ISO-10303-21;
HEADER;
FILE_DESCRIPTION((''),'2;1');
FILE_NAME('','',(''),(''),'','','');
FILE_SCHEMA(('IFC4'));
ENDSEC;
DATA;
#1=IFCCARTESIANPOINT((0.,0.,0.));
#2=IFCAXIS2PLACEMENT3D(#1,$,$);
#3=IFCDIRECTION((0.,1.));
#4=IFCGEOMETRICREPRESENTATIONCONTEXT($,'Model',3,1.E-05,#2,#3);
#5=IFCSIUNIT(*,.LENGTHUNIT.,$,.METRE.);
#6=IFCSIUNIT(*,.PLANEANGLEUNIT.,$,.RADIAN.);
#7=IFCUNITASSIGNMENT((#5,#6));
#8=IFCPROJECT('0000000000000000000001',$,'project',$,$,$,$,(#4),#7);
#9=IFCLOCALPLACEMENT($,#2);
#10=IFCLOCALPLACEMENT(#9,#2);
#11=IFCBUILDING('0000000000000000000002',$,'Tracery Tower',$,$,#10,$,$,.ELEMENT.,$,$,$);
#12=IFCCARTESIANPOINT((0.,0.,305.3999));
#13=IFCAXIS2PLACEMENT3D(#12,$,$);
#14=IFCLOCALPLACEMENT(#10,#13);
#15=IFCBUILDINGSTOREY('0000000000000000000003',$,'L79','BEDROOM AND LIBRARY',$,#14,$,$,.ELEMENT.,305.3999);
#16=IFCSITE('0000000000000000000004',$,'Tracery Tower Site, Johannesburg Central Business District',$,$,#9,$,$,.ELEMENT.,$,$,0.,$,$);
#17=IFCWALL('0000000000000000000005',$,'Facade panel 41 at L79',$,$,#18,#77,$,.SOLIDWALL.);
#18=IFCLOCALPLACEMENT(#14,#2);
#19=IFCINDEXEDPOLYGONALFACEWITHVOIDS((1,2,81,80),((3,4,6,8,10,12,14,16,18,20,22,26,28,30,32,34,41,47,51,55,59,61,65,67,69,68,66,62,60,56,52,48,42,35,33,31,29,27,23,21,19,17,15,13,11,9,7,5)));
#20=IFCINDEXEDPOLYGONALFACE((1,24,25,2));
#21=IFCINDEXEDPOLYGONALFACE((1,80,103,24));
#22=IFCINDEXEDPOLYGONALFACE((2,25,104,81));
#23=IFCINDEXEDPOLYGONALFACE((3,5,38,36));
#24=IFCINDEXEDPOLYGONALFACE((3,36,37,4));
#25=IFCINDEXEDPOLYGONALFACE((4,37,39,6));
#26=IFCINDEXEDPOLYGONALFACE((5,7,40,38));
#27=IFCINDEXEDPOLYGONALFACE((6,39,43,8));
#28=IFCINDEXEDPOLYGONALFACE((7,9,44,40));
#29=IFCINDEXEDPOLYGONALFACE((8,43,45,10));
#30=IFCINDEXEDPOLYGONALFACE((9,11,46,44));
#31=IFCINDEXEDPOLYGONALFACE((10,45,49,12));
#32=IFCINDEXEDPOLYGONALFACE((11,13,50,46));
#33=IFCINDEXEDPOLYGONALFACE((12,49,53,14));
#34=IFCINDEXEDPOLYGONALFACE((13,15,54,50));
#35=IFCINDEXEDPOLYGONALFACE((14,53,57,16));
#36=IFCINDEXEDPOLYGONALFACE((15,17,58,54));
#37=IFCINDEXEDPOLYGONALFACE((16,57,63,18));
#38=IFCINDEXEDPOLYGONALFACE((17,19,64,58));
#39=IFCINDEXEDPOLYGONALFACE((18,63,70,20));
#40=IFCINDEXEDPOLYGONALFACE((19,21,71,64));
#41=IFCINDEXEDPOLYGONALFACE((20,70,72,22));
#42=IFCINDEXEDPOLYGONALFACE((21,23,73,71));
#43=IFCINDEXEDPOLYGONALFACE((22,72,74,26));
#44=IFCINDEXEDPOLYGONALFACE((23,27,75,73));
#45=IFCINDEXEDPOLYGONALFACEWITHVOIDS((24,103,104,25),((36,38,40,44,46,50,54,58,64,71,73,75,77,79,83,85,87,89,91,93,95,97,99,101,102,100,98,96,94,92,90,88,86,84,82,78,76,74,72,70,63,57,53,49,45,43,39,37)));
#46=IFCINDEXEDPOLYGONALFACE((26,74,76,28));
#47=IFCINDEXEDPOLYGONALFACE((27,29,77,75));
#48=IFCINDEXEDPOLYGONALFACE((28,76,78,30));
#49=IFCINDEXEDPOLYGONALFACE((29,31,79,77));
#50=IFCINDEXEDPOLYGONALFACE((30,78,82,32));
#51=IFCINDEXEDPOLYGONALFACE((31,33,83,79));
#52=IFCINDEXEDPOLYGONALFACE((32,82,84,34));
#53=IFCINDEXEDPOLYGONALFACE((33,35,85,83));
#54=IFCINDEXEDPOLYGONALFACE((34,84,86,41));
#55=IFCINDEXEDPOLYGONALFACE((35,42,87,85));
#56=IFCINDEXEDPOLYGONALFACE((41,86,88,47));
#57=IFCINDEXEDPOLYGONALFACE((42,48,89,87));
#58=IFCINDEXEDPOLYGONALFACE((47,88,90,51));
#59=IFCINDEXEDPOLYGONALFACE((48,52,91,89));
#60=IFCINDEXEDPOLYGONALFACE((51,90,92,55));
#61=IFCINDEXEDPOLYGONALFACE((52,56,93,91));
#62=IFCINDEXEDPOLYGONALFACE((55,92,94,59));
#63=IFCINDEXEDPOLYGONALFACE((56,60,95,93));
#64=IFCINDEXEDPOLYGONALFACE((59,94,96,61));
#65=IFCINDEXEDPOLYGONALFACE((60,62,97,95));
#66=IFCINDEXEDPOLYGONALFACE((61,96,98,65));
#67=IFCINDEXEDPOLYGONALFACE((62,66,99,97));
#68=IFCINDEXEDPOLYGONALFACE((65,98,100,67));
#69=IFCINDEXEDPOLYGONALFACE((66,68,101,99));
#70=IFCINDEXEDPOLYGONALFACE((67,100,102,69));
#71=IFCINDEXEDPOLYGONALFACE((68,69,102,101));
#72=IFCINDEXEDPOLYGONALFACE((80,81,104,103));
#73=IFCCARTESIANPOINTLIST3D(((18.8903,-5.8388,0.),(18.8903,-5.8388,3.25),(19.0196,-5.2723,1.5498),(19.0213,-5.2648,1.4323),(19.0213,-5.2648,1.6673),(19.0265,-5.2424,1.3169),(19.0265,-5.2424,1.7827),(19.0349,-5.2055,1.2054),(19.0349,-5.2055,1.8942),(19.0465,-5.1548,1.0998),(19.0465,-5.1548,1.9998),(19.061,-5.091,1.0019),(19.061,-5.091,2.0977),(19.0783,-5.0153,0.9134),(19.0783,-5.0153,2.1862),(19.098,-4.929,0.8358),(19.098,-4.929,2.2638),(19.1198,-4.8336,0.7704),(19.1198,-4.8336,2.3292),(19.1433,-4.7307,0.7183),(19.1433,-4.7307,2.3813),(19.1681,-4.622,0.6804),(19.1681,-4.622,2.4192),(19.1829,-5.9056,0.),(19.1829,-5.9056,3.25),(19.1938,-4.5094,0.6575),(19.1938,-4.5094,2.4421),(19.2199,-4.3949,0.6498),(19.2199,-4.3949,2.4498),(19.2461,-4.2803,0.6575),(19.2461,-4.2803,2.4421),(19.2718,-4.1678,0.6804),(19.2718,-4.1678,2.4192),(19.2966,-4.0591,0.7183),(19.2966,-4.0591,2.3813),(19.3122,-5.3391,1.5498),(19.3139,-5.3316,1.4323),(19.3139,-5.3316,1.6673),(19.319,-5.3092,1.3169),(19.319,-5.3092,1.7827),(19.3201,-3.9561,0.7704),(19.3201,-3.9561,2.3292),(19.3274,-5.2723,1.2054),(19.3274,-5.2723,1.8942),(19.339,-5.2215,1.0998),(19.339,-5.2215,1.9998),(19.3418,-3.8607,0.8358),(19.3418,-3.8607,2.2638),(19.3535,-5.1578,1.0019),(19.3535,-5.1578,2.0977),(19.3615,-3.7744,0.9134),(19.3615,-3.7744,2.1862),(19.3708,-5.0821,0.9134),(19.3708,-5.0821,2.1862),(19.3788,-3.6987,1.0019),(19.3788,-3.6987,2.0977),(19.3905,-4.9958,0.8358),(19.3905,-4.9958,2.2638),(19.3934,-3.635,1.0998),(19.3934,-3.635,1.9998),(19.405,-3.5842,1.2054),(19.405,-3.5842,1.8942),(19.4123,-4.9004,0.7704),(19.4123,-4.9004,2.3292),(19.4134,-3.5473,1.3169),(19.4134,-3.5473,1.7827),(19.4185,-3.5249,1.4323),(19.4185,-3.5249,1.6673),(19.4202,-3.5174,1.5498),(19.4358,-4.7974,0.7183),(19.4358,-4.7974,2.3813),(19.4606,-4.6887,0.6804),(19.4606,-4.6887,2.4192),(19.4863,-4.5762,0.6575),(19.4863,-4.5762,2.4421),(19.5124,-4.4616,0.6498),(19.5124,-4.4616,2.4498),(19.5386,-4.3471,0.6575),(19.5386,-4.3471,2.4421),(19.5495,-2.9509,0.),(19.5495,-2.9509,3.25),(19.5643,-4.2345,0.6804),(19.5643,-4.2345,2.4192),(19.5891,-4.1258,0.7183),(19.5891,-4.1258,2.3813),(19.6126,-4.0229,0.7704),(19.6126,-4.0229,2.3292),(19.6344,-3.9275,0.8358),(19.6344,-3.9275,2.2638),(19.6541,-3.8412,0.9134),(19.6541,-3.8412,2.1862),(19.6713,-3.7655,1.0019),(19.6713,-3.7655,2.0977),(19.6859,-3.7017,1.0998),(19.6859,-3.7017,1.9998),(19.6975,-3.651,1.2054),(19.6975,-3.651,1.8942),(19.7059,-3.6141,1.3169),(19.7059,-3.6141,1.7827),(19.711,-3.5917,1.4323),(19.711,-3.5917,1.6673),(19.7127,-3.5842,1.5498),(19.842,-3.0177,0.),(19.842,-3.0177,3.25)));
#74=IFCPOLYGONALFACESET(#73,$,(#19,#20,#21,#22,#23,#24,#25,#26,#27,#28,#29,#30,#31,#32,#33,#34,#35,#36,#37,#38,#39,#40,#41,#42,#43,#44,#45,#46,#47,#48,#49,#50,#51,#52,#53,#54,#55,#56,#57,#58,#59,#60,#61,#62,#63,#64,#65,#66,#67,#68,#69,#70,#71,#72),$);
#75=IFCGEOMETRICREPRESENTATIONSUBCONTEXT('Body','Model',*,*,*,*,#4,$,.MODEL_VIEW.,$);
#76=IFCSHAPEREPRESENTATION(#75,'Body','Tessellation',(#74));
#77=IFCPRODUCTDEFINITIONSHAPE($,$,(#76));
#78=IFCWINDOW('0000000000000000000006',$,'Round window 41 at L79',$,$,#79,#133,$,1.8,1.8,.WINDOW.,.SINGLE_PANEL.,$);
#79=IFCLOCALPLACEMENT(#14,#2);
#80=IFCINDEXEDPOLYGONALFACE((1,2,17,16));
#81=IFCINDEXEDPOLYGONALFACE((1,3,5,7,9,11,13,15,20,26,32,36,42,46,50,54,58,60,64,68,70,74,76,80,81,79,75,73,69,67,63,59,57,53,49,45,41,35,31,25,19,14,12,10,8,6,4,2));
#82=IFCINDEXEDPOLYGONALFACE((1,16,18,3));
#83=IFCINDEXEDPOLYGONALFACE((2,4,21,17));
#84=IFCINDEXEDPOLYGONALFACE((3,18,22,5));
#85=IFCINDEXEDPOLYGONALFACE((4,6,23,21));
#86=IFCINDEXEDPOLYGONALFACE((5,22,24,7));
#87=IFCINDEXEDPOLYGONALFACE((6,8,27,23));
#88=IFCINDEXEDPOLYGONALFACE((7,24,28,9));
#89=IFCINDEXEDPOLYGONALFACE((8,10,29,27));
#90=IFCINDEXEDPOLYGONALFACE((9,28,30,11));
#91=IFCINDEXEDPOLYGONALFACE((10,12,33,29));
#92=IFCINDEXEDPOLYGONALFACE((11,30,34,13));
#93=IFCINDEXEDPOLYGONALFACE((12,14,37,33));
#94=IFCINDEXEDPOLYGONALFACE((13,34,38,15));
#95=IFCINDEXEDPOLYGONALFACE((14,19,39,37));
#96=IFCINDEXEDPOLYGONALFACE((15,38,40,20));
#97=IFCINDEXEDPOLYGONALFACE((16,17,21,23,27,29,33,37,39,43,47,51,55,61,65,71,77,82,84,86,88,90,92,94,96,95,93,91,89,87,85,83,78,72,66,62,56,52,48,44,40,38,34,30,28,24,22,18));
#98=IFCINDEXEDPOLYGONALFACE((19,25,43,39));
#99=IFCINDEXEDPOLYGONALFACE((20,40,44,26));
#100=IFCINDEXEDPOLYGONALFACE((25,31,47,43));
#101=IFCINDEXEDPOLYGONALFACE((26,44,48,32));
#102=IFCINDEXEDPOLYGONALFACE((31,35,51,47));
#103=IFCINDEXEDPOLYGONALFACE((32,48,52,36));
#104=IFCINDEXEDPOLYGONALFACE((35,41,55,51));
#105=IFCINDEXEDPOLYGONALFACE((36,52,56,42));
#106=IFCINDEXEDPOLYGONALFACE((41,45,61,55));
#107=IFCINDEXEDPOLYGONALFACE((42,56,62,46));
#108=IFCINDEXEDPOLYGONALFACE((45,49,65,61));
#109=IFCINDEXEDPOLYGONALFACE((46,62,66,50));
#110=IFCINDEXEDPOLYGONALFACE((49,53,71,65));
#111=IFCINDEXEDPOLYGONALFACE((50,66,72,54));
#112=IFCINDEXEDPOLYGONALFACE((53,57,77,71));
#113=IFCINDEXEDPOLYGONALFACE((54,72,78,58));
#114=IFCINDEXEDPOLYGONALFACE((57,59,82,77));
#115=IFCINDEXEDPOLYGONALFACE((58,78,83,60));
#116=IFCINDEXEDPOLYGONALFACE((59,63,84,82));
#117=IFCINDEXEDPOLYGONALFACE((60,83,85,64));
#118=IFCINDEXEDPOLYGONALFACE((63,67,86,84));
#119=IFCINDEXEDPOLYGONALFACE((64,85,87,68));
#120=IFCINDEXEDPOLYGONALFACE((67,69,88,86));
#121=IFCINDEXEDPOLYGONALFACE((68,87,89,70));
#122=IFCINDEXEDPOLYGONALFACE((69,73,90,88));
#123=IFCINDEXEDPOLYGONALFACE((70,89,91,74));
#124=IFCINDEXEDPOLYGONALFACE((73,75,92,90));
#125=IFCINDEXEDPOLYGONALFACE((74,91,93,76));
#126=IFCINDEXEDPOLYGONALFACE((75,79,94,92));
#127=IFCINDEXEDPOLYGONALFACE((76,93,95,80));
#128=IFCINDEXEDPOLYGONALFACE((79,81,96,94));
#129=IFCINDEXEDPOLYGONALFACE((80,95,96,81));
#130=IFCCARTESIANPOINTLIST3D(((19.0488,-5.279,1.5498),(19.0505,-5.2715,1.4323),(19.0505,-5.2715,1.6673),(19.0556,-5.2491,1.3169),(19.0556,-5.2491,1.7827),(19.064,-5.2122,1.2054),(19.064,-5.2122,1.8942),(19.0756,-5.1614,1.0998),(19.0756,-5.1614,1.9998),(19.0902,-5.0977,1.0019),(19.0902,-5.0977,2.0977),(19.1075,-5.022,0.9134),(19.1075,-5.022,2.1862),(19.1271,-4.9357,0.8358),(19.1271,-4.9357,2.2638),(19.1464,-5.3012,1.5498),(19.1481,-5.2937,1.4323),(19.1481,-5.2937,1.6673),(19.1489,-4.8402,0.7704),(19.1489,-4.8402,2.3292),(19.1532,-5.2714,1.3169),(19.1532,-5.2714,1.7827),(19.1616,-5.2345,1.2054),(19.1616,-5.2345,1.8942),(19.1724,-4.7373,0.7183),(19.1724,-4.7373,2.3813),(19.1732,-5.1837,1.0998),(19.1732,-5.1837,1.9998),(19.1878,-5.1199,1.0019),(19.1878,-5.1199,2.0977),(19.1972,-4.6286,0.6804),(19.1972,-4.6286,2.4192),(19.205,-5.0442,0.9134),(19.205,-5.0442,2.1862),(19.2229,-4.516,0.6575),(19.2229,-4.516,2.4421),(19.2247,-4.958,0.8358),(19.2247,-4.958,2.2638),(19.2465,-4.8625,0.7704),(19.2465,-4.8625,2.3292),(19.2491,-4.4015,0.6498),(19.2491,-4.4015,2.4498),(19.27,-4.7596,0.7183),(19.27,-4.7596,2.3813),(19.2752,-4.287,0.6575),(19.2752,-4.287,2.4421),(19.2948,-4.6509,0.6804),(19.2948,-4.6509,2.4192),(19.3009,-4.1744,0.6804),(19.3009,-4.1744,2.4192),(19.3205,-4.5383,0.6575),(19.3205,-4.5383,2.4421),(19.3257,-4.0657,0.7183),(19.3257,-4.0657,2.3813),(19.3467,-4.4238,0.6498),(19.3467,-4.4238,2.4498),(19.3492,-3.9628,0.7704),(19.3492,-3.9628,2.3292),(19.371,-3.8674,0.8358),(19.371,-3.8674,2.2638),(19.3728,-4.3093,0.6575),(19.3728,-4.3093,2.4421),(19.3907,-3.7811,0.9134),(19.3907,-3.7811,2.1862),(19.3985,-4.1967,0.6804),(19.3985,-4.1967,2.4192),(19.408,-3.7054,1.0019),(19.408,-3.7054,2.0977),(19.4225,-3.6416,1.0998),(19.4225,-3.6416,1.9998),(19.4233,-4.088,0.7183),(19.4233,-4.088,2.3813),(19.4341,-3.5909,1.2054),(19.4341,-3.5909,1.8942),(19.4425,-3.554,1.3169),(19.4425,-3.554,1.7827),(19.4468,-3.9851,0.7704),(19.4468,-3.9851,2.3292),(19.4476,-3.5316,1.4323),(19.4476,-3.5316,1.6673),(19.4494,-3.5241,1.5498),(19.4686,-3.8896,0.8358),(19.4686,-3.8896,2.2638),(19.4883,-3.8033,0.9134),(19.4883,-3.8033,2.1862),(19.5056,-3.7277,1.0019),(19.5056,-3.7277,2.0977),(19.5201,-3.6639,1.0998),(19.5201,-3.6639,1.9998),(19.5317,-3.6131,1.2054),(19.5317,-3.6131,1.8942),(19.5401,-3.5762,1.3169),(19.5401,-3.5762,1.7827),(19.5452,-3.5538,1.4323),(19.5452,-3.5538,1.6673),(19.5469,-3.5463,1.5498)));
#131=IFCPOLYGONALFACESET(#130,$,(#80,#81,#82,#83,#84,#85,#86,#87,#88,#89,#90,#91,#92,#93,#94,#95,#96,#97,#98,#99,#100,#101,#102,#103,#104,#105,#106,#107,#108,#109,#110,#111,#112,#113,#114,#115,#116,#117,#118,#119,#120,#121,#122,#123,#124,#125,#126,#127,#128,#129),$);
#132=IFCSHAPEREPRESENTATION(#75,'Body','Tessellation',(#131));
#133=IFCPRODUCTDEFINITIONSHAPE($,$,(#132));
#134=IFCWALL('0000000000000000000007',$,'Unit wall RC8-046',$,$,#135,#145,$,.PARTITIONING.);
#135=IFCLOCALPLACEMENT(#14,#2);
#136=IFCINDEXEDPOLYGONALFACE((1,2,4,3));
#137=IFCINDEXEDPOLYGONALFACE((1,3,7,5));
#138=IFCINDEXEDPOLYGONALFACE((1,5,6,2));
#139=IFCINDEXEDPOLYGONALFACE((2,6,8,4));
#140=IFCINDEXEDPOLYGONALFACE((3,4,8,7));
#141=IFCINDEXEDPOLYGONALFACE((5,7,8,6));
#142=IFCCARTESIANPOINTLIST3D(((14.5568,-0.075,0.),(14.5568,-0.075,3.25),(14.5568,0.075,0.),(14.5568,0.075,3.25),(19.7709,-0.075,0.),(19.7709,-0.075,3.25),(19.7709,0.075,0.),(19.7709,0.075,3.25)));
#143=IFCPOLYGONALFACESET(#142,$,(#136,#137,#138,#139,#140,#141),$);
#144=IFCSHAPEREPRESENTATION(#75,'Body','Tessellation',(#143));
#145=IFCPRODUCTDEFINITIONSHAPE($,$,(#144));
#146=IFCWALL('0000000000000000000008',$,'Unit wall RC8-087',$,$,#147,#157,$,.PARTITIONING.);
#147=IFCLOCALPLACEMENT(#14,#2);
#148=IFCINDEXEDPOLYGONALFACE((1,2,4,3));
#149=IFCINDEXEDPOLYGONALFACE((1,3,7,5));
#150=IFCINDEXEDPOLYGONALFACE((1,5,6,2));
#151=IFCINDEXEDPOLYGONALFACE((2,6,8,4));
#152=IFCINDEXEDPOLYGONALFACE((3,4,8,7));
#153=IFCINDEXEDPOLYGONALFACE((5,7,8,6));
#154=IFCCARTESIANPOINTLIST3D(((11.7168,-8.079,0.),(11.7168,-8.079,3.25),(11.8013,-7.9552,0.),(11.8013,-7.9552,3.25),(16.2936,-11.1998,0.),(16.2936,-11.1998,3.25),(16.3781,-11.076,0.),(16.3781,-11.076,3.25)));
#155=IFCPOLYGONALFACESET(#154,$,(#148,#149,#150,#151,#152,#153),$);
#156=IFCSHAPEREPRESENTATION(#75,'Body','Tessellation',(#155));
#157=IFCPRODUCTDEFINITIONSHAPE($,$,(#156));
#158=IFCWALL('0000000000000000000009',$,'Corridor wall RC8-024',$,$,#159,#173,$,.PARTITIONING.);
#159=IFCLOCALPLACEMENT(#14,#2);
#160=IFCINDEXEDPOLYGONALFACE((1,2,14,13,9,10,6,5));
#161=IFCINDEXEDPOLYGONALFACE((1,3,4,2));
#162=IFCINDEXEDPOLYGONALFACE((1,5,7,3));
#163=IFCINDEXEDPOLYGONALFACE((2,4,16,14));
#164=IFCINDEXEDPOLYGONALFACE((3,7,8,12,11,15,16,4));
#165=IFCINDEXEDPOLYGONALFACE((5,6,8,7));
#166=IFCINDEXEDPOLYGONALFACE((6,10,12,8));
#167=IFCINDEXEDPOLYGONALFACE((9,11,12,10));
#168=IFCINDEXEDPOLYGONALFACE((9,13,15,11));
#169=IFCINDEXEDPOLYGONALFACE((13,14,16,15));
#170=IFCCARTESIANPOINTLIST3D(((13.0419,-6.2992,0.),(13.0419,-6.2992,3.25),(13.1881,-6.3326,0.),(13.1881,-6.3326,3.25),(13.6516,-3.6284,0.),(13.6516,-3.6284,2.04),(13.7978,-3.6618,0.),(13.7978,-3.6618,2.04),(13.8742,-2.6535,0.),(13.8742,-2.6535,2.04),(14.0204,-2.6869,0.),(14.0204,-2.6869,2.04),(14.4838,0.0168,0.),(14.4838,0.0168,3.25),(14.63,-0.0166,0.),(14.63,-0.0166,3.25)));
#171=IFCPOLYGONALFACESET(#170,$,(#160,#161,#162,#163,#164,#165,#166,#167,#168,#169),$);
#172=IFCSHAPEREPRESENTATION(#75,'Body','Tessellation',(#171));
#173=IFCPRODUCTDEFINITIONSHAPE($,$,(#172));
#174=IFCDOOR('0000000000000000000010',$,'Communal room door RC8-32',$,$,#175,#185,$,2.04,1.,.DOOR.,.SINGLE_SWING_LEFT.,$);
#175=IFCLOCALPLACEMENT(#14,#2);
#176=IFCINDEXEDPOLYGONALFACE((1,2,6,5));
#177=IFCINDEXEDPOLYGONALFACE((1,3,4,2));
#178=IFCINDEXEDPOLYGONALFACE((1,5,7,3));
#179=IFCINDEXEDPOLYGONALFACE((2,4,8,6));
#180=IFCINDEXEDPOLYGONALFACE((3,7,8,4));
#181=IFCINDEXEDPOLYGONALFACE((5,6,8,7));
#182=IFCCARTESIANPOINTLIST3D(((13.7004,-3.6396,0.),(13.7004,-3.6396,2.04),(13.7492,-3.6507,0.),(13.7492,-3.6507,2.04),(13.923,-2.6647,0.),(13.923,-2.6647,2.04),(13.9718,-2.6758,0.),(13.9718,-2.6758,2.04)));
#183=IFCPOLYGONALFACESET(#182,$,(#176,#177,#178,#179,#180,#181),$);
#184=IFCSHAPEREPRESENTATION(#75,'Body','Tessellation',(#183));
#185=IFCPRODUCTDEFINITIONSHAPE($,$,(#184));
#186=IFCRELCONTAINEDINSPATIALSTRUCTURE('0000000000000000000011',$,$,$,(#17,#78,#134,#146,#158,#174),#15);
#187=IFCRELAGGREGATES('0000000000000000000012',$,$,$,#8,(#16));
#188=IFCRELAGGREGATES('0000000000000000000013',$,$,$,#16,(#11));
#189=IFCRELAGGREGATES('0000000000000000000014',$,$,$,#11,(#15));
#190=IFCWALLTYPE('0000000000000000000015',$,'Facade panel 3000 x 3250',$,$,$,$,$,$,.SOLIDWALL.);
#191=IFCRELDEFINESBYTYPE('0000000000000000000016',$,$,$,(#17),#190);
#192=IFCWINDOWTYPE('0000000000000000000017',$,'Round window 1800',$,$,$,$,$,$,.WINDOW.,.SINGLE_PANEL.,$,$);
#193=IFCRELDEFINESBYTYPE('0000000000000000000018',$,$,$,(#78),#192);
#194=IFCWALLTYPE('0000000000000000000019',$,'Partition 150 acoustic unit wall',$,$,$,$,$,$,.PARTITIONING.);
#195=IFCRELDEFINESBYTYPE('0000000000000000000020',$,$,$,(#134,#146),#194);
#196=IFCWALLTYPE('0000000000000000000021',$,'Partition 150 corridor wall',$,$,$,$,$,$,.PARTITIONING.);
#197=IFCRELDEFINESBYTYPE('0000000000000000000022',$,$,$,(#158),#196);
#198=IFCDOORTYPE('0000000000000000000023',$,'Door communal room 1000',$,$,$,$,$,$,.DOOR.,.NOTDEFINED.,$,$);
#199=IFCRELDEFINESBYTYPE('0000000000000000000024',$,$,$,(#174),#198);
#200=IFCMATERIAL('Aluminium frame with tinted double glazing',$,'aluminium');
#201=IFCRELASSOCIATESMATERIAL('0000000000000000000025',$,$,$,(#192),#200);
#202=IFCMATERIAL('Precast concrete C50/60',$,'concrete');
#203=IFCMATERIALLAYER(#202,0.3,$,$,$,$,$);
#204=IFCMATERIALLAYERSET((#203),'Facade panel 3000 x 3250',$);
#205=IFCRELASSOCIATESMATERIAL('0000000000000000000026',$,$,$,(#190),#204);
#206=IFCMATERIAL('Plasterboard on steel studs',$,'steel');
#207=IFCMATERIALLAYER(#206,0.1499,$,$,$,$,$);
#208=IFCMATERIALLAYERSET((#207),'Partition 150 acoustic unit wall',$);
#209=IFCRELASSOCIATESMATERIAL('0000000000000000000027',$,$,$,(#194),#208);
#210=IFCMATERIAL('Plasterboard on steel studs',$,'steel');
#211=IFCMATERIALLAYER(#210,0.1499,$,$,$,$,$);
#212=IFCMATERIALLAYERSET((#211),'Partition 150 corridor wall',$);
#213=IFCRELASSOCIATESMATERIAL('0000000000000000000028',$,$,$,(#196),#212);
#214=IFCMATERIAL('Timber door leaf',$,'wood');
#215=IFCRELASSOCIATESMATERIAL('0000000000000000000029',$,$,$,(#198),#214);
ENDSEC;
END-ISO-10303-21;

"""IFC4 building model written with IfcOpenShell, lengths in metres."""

from ifc_helpers import new_model, si_unit, direction, frame, frame_2d, origin, origin_2d, place, context, subcontext, project, spatial, rectangle, circle, extrude, material, layer, layer_set, type_object, element, fill, save


model = new_model("IFC4")

# Units and contexts
model_context = context("Model", 3, precision=1e-05, world=origin(), true_north=direction((0.0, 1.0)))
body_context = subcontext(model_context, "Body", "Model", "MODEL_VIEW")
ifc_project = project(units=[si_unit("LENGTHUNIT", "METRE"), si_unit("PLANEANGLEUNIT", "RADIAN")], contexts=[model_context])

# Site, building, storey
site_placement = place(None, origin())
site = spatial("IfcSite", under=ifc_project, at=site_placement, Name="Tracery Tower Site, Johannesburg Central Business District", CompositionType="ELEMENT", RefElevation=0.0)
building_placement = place(site_placement, origin())
building = spatial("IfcBuilding", under=site, at=building_placement, Name="Tracery Tower", CompositionType="ELEMENT")
storey_placement = place(building_placement, frame((0.0, 0.0, 305.3999)))
storey = spatial("IfcBuildingStorey", under=building, at=storey_placement, Name="L79", Description="BEDROOM AND LIBRARY", CompositionType="ELEMENT", Elevation=305.3999)

# Wall, opening, window
ifc_material_1 = material(Name="Aluminium frame with tinted double glazing", Category="aluminium")
window_type = type_object("IfcWindowType", Name="Round window 1800", PartitioningType="SINGLE_PANEL", PredefinedType="WINDOW", material=ifc_material_1)
ifc_material_2 = material(Name="Precast concrete C50/60", Category="concrete")
ifc_layer_1 = layer(ifc_material_2, 0.3)
ifc_layer_set_1 = layer_set([ifc_layer_1], Name="Facade panel 3000 x 3250")
wall_type_1 = type_object("IfcWallType", Name="Facade panel 3000 x 3250", PredefinedType="SOLIDWALL", material=ifc_layer_set_1)
wall_1_placement = place(storey_placement, frame((19.0366, -5.8721, 0.0), z_axis=(0.0, 0.0, 1.0), x_axis=(0.222529, 0.974926, 0.0)))
wall_1 = element("IfcWall", 1, at=wall_1_placement, inside=storey, type_object=wall_type_1, Name="Facade panel 41 at L79", PredefinedType="SOLIDWALL", context=body_context, shape_type="SweptSolid", body=[
    extrude(rectangle(XDim=2.9622, YDim=0.3, at=frame_2d((1.481, 0.0))), origin(), (0.0, 0.0, 1.0), 3.25),
])
opening_1_placement = place(wall_1_placement, frame((1.481, 0.0, 1.5498)))
opening_1 = element("IfcOpeningElement", 2, at=opening_1_placement, cuts=wall_1, PredefinedType="OPENING", context=body_context, shape_type="SweptSolid", body=[
    extrude(circle(Radius=0.9, at=origin_2d()), frame((0.0, 0.1599, 0.0), z_axis=(0.0, -1.0, 0.0), x_axis=(1.0, 0.0, 0.0)), (0.0, 0.0, 1.0), 0.3201),
])
window_1_placement = place(opening_1_placement, origin())
window_1 = element("IfcWindow", 3, at=window_1_placement, inside=storey, type_object=window_type, Name="Round window 41 at L79", OverallHeight=1.8, OverallWidth=1.8, PartitioningType="SINGLE_PANEL", PredefinedType="WINDOW", context=body_context, shape_type="SweptSolid", body=[
    extrude(circle(Radius=0.9, at=origin_2d()), frame((0.0, 0.1201, 0.0), z_axis=(0.0, -1.0, 0.0), x_axis=(1.0, 0.0, 0.0)), (0.0, 0.0, 1.0), 0.1001),
])
fill(opening_1, window_1)

# Walls
ifc_material_3 = material(Name="Plasterboard on steel studs", Category="steel")
ifc_layer_2 = layer(ifc_material_3, 0.1499)
ifc_layer_set_2 = layer_set([ifc_layer_2], Name="Partition 150 acoustic unit wall")
wall_type_2 = type_object("IfcWallType", Name="Partition 150 acoustic unit wall", PredefinedType="PARTITIONING", material=ifc_layer_set_2)
wall_2_placement = place(storey_placement, frame((14.5569, 0.0, 0.0), z_axis=(0.0, 0.0, 1.0), x_axis=(1.0, 0.0, 0.0)))
element("IfcWall", 4, at=wall_2_placement, inside=storey, type_object=wall_type_2, Name="Unit wall RC8-046", PredefinedType="PARTITIONING", context=body_context, shape_type="SweptSolid", body=[
    extrude(rectangle(XDim=5.2141, YDim=0.1499, at=frame_2d((2.6069, 0.0))), origin(), (0.0, 0.0, 1.0), 3.25),
])
wall_3_placement = place(storey_placement, frame((11.759, -8.0171, 0.0), z_axis=(0.0, 0.0, 1.0), x_axis=(0.826208, -0.563366, 0.0)))
element("IfcWall", 5, at=wall_3_placement, inside=storey, type_object=wall_type_2, Name="Unit wall RC8-087", PredefinedType="PARTITIONING", context=body_context, shape_type="SweptSolid", body=[
    extrude(rectangle(XDim=5.5396, YDim=0.1499, at=frame_2d((2.7698, 0.0))), origin(), (0.0, 0.0, 1.0), 3.25),
])

# Wall, opening, door
ifc_material_4 = material(Name="Plasterboard on steel studs", Category="steel")
ifc_layer_3 = layer(ifc_material_4, 0.1499)
ifc_layer_set_3 = layer_set([ifc_layer_3], Name="Partition 150 corridor wall")
wall_type_3 = type_object("IfcWallType", Name="Partition 150 corridor wall", PredefinedType="PARTITIONING", material=ifc_layer_set_3)
wall_4_placement = place(storey_placement, frame((13.115, -6.3159, 0.0), z_axis=(0.0, 0.0, 1.0), x_axis=(0.222569, 0.974917, 0.0)))
wall_4 = element("IfcWall", 6, at=wall_4_placement, inside=storey, type_object=wall_type_3, Name="Corridor wall RC8-024", PredefinedType="PARTITIONING", context=body_context, shape_type="SweptSolid", body=[
    extrude(rectangle(XDim=6.4785, YDim=0.1499, at=frame_2d((3.2393, 0.0))), origin(), (0.0, 0.0, 1.0), 3.25),
])
opening_2_placement = place(wall_4_placement, frame((2.7395, 0.0, 0.0)))
opening_2 = element("IfcOpeningElement", 7, at=opening_2_placement, cuts=wall_4, PredefinedType="OPENING", context=body_context, shape_type="SweptSolid", body=[
    extrude(rectangle(XDim=1.0, YDim=2.04, at=frame_2d((0.5, 1.02))), frame((0.0, 0.075, 0.0), z_axis=(0.0, -1.0, 0.0), x_axis=(1.0, 0.0, 0.0)), (0.0, 0.0, 1.0), 0.1499),
])
ifc_material_5 = material(Name="Timber door leaf", Category="wood")
door_type_1 = type_object("IfcDoorType", Name="Door communal room 1000", OperationType="NOTDEFINED", PredefinedType="DOOR", material=ifc_material_5)
door_1_placement = place(opening_2_placement, origin())
door_1 = element("IfcDoor", 8, at=door_1_placement, inside=storey, type_object=door_type_1, Name="Communal room door RC8-32", OperationType="SINGLE_SWING_LEFT", OverallHeight=2.04, OverallWidth=1.0, PredefinedType="DOOR", context=body_context, shape_type="SweptSolid", body=[
    extrude(rectangle(XDim=1.0, YDim=2.04, at=frame_2d((0.5, 1.02))), frame((0.0, 0.0249, 0.0), z_axis=(0.0, -1.0, 0.0), x_axis=(1.0, 0.0, 0.0)), (0.0, 0.0, 1.0), 0.05),
])
fill(opening_2, door_1)

save(model, "model.ifc")
